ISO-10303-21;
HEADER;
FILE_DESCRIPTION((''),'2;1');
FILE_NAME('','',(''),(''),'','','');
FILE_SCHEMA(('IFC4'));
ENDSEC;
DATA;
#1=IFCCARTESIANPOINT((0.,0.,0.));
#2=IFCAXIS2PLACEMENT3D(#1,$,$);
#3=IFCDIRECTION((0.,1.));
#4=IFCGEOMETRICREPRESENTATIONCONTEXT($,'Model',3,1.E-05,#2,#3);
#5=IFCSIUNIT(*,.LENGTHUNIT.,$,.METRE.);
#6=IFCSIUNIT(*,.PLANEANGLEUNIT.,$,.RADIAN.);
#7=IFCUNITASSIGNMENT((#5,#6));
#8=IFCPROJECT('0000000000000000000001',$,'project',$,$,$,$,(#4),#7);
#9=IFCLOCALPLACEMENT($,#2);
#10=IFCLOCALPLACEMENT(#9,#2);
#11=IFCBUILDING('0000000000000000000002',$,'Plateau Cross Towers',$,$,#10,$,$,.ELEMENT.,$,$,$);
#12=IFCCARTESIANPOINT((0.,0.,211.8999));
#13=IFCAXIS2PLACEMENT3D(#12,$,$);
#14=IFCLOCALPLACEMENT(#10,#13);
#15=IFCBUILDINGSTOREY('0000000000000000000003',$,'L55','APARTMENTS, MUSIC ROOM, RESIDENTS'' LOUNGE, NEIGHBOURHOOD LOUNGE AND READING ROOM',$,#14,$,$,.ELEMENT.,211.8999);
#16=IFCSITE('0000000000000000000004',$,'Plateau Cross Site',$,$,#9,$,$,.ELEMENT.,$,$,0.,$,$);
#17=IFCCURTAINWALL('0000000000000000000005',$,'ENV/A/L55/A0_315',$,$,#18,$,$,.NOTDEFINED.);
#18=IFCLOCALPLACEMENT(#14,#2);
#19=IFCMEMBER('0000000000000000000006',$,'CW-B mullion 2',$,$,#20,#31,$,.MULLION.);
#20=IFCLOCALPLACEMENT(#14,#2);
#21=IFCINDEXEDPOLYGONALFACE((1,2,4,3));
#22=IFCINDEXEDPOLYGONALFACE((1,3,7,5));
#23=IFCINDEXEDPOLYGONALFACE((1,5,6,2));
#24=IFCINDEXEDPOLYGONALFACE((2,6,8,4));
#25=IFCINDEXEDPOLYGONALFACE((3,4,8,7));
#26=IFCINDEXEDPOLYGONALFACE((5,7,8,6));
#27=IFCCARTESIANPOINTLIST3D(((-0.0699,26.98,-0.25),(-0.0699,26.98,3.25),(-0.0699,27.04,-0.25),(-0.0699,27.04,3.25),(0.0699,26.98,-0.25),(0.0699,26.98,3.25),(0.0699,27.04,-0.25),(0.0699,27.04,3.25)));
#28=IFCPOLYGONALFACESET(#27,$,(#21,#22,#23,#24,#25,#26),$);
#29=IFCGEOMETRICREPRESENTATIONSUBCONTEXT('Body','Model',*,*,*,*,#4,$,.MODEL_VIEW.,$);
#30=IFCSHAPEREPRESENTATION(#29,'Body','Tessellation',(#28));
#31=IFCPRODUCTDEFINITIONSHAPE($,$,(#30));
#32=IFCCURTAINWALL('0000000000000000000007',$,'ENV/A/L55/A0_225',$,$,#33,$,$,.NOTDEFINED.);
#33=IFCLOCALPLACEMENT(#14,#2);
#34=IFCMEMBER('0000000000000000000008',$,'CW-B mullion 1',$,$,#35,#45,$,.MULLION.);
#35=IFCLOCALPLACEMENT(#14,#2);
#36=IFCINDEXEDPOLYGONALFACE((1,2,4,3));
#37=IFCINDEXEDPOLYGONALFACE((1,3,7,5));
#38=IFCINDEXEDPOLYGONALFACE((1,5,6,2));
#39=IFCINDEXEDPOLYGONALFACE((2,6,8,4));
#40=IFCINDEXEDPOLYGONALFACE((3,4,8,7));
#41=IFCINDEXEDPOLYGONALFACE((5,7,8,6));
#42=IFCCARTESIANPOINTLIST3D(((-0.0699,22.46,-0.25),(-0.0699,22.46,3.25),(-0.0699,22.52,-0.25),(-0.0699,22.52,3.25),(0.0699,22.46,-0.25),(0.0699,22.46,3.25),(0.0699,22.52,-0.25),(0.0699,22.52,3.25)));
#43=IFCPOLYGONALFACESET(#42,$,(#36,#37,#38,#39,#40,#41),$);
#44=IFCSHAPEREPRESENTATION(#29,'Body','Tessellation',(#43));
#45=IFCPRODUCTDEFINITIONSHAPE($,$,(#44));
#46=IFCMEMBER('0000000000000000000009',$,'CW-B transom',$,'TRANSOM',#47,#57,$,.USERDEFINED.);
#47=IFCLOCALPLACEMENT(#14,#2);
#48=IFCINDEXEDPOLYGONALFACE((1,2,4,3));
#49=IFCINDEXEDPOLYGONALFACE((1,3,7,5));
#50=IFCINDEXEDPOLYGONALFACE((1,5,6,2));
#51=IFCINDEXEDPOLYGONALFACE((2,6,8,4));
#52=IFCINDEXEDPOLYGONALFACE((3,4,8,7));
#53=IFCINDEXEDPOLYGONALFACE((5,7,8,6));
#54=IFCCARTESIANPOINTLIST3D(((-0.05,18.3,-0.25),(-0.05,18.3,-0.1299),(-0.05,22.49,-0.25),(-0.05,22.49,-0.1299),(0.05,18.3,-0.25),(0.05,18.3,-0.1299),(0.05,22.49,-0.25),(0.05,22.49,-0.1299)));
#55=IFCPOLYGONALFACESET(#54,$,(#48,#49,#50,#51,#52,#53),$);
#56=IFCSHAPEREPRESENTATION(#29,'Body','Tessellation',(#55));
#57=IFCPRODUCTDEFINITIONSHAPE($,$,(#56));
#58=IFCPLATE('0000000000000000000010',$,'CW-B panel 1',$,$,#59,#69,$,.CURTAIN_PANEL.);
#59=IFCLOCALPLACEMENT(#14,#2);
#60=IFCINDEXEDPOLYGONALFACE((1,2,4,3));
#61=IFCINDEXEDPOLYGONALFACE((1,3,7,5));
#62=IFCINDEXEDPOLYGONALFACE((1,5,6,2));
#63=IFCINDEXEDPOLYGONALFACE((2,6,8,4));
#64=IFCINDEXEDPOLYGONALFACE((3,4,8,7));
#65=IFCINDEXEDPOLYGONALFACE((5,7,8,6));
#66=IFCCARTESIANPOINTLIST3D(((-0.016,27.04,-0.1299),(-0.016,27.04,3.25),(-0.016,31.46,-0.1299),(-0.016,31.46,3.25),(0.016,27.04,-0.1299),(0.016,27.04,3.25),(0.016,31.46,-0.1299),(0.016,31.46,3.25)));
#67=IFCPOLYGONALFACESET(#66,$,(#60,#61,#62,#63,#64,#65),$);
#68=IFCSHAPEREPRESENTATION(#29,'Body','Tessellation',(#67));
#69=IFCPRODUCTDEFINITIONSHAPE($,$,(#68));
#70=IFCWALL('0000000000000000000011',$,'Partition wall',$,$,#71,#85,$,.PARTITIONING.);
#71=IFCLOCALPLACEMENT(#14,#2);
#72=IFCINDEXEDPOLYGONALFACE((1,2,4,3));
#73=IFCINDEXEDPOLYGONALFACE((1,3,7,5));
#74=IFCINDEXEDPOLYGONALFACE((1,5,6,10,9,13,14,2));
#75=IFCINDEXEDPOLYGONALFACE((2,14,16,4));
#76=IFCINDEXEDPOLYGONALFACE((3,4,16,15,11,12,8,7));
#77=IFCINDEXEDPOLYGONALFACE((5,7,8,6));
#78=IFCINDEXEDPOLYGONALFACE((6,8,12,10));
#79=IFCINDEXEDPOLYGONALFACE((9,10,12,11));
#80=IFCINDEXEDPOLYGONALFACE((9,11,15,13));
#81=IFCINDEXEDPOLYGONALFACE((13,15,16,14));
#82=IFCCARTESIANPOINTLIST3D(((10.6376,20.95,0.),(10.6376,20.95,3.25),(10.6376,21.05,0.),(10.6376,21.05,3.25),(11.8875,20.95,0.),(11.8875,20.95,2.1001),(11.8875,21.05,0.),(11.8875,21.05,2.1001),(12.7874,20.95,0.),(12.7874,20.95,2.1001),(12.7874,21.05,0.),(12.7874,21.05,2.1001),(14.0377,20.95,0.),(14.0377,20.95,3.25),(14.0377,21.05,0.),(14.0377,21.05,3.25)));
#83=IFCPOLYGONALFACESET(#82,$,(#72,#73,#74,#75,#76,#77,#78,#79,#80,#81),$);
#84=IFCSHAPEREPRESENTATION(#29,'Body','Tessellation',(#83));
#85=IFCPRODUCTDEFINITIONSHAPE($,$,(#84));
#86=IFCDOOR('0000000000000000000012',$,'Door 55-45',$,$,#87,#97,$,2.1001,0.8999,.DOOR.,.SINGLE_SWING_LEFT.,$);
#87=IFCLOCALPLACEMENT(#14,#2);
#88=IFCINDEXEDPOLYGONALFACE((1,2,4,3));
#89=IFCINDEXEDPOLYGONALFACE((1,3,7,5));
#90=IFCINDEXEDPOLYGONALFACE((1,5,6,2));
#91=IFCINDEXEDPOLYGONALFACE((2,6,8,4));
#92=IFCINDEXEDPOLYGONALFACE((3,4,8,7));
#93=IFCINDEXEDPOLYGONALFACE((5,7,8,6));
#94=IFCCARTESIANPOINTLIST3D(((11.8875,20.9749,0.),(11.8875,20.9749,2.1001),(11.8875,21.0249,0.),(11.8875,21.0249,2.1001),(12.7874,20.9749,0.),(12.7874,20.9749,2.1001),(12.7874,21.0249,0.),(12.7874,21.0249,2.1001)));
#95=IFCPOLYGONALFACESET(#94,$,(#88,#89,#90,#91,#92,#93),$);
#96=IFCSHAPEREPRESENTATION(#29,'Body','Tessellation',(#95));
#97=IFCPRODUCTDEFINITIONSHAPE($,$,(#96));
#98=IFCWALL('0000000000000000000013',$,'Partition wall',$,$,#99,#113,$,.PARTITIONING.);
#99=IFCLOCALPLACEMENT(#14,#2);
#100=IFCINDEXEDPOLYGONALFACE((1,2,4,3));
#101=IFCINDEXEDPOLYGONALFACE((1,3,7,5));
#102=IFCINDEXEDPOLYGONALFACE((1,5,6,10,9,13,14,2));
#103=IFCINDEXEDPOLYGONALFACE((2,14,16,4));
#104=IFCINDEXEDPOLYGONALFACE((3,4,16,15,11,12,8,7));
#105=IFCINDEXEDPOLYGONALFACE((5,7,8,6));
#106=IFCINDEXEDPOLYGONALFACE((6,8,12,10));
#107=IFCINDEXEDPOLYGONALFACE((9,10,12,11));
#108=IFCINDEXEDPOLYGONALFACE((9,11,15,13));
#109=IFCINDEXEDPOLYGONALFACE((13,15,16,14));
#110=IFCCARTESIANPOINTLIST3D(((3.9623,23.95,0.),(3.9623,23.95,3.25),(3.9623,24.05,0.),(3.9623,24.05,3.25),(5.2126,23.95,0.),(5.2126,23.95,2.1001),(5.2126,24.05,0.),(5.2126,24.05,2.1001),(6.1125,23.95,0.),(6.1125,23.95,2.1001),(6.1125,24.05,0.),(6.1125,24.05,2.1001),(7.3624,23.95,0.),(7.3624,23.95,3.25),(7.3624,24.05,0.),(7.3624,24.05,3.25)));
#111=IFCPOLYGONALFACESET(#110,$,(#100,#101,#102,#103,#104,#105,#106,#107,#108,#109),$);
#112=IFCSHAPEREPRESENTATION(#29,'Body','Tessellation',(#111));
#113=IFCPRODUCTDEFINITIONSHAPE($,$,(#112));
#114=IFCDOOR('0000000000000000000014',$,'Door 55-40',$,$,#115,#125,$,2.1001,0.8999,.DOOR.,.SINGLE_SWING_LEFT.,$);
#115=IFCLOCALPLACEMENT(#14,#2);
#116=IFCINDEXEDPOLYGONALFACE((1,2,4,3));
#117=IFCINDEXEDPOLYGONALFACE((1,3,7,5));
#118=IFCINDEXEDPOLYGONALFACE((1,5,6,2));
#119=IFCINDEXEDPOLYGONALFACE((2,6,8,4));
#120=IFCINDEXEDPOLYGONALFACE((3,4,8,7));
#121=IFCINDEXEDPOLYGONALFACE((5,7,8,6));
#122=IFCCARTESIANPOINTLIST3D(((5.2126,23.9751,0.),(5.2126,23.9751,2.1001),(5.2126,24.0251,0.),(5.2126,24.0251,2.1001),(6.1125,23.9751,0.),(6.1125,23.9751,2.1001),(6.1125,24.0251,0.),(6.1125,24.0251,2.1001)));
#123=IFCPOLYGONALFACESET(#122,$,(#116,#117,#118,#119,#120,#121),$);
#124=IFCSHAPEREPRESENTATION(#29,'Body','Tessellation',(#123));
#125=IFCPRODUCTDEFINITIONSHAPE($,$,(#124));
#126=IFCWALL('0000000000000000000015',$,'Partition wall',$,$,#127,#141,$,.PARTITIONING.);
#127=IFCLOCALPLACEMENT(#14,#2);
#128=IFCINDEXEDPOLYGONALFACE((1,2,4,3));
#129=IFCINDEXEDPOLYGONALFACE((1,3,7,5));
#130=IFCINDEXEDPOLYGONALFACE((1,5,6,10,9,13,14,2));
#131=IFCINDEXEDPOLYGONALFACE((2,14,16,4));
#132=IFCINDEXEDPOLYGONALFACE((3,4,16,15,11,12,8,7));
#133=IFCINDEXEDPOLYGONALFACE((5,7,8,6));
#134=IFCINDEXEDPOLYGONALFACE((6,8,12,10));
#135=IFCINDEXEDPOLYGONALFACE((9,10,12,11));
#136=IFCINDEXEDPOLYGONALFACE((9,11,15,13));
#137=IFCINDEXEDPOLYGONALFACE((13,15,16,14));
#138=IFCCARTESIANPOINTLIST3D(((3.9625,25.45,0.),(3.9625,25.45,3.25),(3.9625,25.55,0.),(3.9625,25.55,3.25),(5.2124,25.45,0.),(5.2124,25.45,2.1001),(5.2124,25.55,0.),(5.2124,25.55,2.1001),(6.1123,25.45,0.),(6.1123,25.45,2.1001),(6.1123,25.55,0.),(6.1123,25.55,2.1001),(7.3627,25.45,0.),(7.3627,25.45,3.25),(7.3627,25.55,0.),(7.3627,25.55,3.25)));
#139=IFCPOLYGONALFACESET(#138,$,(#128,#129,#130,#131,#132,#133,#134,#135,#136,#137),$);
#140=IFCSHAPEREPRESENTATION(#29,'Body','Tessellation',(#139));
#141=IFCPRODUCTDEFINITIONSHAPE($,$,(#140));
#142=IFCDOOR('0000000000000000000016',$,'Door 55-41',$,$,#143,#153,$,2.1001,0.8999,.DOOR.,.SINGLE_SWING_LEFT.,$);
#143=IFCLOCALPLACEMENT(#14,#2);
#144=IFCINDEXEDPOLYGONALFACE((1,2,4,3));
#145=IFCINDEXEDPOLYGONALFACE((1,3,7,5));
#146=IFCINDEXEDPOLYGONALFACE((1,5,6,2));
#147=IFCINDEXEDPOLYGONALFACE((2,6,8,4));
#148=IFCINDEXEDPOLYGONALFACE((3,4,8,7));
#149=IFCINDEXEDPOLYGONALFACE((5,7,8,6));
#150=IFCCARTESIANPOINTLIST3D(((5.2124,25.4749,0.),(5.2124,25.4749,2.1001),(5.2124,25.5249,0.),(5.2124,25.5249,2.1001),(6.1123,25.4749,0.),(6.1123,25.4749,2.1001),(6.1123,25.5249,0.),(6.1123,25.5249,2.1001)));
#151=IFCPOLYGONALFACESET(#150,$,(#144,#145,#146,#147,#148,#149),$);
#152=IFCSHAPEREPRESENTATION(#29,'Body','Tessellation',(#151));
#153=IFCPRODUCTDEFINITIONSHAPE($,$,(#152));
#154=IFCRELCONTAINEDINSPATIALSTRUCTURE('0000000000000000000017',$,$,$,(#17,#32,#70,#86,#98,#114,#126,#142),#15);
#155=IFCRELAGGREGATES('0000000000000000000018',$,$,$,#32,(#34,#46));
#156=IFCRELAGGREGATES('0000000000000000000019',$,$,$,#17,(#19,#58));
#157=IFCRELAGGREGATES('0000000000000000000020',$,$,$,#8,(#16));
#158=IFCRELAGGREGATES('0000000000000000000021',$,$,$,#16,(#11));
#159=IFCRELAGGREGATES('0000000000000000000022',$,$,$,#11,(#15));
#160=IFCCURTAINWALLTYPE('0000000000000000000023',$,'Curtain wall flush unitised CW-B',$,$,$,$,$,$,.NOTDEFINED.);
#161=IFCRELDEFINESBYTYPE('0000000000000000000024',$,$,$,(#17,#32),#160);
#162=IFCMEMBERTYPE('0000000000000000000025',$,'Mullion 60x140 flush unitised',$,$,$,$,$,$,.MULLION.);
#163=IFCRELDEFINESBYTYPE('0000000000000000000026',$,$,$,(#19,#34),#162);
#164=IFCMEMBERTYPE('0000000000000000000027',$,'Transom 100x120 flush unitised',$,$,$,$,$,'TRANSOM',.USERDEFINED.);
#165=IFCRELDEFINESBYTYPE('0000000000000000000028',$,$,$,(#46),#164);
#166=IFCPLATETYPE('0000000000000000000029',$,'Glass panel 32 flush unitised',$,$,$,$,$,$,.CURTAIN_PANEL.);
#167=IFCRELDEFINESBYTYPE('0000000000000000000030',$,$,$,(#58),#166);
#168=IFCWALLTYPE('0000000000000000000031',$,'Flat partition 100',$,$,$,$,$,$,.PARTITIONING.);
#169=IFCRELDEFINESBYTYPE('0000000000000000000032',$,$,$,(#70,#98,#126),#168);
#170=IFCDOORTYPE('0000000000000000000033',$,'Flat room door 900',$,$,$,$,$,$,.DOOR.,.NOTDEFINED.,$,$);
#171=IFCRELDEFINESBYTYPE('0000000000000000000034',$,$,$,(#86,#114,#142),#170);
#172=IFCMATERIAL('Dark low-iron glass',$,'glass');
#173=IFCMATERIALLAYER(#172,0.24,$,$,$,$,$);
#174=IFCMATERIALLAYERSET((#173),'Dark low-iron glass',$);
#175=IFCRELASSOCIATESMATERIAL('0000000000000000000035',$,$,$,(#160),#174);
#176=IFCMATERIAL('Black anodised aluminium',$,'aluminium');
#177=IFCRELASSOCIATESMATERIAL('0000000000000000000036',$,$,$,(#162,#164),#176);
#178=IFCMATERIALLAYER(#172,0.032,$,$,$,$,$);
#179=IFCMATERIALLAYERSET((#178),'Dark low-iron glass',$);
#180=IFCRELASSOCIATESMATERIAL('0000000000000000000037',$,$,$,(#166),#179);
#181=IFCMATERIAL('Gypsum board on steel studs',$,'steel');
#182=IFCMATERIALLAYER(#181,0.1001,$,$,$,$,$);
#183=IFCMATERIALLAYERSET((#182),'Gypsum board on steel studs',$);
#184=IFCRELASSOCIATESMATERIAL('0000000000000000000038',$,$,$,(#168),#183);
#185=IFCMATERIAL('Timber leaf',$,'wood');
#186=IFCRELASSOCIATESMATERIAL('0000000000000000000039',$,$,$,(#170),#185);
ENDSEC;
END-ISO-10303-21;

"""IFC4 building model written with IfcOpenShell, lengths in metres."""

from ifc_helpers import new_model, si_unit, direction, frame, frame_2d, origin, origin_2d, place, context, subcontext, project, spatial, rectangle, extrude, material, layer, layer_set, material_profile, profile_set, type_object, element, fill, aggregate, save


model = new_model("IFC4")

# Units and contexts
model_context = context("Model", 3, precision=1e-05, world=origin(), true_north=direction((0.0, 1.0)))
body_context = subcontext(model_context, "Body", "Model", "MODEL_VIEW")
ifc_project = project(units=[si_unit("LENGTHUNIT", "METRE"), si_unit("PLANEANGLEUNIT", "RADIAN")], contexts=[model_context])

# Site, building, storey
site_placement = place(None, origin())
site = spatial("IfcSite", under=ifc_project, at=site_placement, Name="Plateau Cross Site", CompositionType="ELEMENT", RefElevation=0.0)
building_placement = place(site_placement, origin())
building = spatial("IfcBuilding", under=site, at=building_placement, Name="Plateau Cross Towers", CompositionType="ELEMENT")
storey_placement = place(building_placement, frame((0.0, 0.0, 211.8999)))
storey = spatial("IfcBuildingStorey", under=building, at=storey_placement, Name="L55", Description="APARTMENTS, MUSIC ROOM, RESIDENTS' LOUNGE, NEIGHBOURHOOD LOUNGE AND READING ROOM", CompositionType="ELEMENT", Elevation=211.8999)

# Curtain wall, member
ifc_material_1 = material(Name="Dark low-iron glass", Category="glass")
ifc_layer_1 = layer(ifc_material_1, 0.24)
ifc_layer_set_1 = layer_set([ifc_layer_1], Name="Dark low-iron glass")
curtain_wall_type = type_object("IfcCurtainWallType", Name="Curtain wall flush unitised CW-B", PredefinedType="NOTDEFINED", material=ifc_layer_set_1)
curtain_wall_1_placement = place(storey_placement, origin())
curtain_wall_1 = element("IfcCurtainWall", 1, at=curtain_wall_1_placement, inside=storey, type_object=curtain_wall_type, Name="ENV/A/L55/A0_315", PredefinedType="NOTDEFINED")
ifc_material_2 = material(Name="Black anodised aluminium", Category="aluminium")
ifc_material_profile_1 = material_profile(ifc_material_2, rectangle(XDim=0.0601, YDim=0.1399, at=origin_2d()), Name="MULLION 60x140")
ifc_profile_set_1 = profile_set([ifc_material_profile_1], Name="Black anodised aluminium")
member_type_1 = type_object("IfcMemberType", Name="Mullion 60x140 flush unitised", PredefinedType="MULLION", material=ifc_profile_set_1)
member_1_placement = place(storey_placement, frame((0.0, 27.01, -0.25), z_axis=(0.0, 0.0, 1.0), x_axis=(0.0, -1.0, 0.0)))
member_1 = element("IfcMember", 2, at=member_1_placement, type_object=member_type_1, Name="CW-B mullion 2", PredefinedType="MULLION", context=body_context, shape_type="SweptSolid", body=[
    extrude(rectangle(XDim=0.0601, YDim=0.1399, at=origin_2d()), origin(), (0.0, 0.0, 1.0), 3.5),
])

# Curtain wall, members
curtain_wall_2_placement = place(storey_placement, origin())
curtain_wall_2 = element("IfcCurtainWall", 3, at=curtain_wall_2_placement, inside=storey, type_object=curtain_wall_type, Name="ENV/A/L55/A0_225", PredefinedType="NOTDEFINED")
member_2_placement = place(storey_placement, frame((0.0, 22.49, -0.25), z_axis=(0.0, 0.0, 1.0), x_axis=(0.0, -1.0, 0.0)))
member_2 = element("IfcMember", 4, at=member_2_placement, type_object=member_type_1, Name="CW-B mullion 1", PredefinedType="MULLION", context=body_context, shape_type="SweptSolid", body=[
    extrude(rectangle(XDim=0.0601, YDim=0.1399, at=origin_2d()), origin(), (0.0, 0.0, 1.0), 3.5),
])
ifc_material_profile_2 = material_profile(ifc_material_2, rectangle(XDim=0.1001, YDim=0.1201, at=origin_2d()), Name="TRANSOM 100x120")
ifc_profile_set_2 = profile_set([ifc_material_profile_2], Name="Black anodised aluminium")
member_type_2 = type_object("IfcMemberType", Name="Transom 100x120 flush unitised", ElementType="TRANSOM", PredefinedType="USERDEFINED", material=ifc_profile_set_2)
member_3_placement = place(storey_placement, frame((0.0, 22.49, -0.1899), z_axis=(0.0, -1.0, 0.0), x_axis=(1.0, 0.0, 0.0)))
member_3 = element("IfcMember", 5, at=member_3_placement, type_object=member_type_2, Name="CW-B transom", ObjectType="TRANSOM", PredefinedType="USERDEFINED", context=body_context, shape_type="SweptSolid", body=[
    extrude(rectangle(XDim=0.1001, YDim=0.1201, at=origin_2d()), origin(), (0.0, 0.0, 1.0), 4.1899),
])
aggregate(curtain_wall_2, [member_2, member_3])

# Plate
ifc_layer_2 = layer(ifc_material_1, 0.032)
ifc_layer_set_2 = layer_set([ifc_layer_2], Name="Dark low-iron glass")
plate_type = type_object("IfcPlateType", Name="Glass panel 32 flush unitised", PredefinedType="CURTAIN_PANEL", material=ifc_layer_set_2)
plate_placement = place(storey_placement, frame((0.0, 29.25, -0.1299), z_axis=(0.0, 0.0, 1.0), x_axis=(0.0, -1.0, 0.0)))
plate = element("IfcPlate", 6, at=plate_placement, type_object=plate_type, Name="CW-B panel 1", PredefinedType="CURTAIN_PANEL", context=body_context, shape_type="SweptSolid", body=[
    extrude(rectangle(XDim=4.4199, YDim=0.032, at=origin_2d()), origin(), (0.0, 0.0, 1.0), 3.3799),
])
aggregate(curtain_wall_1, [member_1, plate])

# Walls, openings, doors
ifc_material_3 = material(Name="Gypsum board on steel studs", Category="steel")
ifc_layer_3 = layer(ifc_material_3, 0.1001)
ifc_layer_set_3 = layer_set([ifc_layer_3], Name="Gypsum board on steel studs")
wall_type_1 = type_object("IfcWallType", Name="Flat partition 100", PredefinedType="PARTITIONING", material=ifc_layer_set_3)
wall_1_placement = place(storey_placement, frame((10.6375, 21.0, 0.0), z_axis=(0.0, 0.0, 1.0), x_axis=(1.0, 0.0, 0.0)))
wall_1 = element("IfcWall", 7, at=wall_1_placement, inside=storey, type_object=wall_type_1, Name="Partition wall", PredefinedType="PARTITIONING", context=body_context, shape_type="SweptSolid", body=[
    extrude(rectangle(XDim=3.4001, YDim=0.1001, at=frame_2d((1.7002, 0.0))), origin(), (0.0, 0.0, 1.0), 3.25),
])
opening_1_placement = place(wall_1_placement, frame((1.25, 0.0, 0.0)))
opening_1 = element("IfcOpeningElement", 8, at=opening_1_placement, cuts=wall_1, PredefinedType="OPENING", context=body_context, shape_type="SweptSolid", body=[
    extrude(rectangle(XDim=0.8999, YDim=2.1001, at=frame_2d((0.45, 1.05))), frame((0.0, 0.0601, 0.0), z_axis=(0.0, -1.0, 0.0), x_axis=(1.0, 0.0, 0.0)), (0.0, 0.0, 1.0), 0.1201),
])
ifc_material_4 = material(Name="Timber leaf", Category="wood")
door_type_1 = type_object("IfcDoorType", Name="Flat room door 900", OperationType="NOTDEFINED", PredefinedType="DOOR", material=ifc_material_4)
door_1_placement = place(opening_1_placement, origin())
door_1 = element("IfcDoor", 9, at=door_1_placement, inside=storey, type_object=door_type_1, Name="Door 55-45", OperationType="SINGLE_SWING_LEFT", OverallHeight=2.1001, OverallWidth=0.8999, PredefinedType="DOOR", context=body_context, shape_type="SweptSolid", body=[
    extrude(rectangle(XDim=0.8999, YDim=2.1001, at=frame_2d((0.45, 1.05))), frame((0.0, 0.0249, 0.0), z_axis=(0.0, -1.0, 0.0), x_axis=(1.0, 0.0, 0.0)), (0.0, 0.0, 1.0), 0.05),
])
fill(opening_1, door_1)
wall_2_placement = place(storey_placement, frame((7.3625, 24.0, 0.0), z_axis=(0.0, 0.0, 1.0), x_axis=(-1.0, 0.0, 0.0)))
wall_2 = element("IfcWall", 10, at=wall_2_placement, inside=storey, type_object=wall_type_1, Name="Partition wall", PredefinedType="PARTITIONING", context=body_context, shape_type="SweptSolid", body=[
    extrude(rectangle(XDim=3.4001, YDim=0.1001, at=frame_2d((1.7002, 0.0))), origin(), (0.0, 0.0, 1.0), 3.25),
])
opening_2_placement = place(wall_2_placement, frame((1.25, 0.0, 0.0)))
opening_2 = element("IfcOpeningElement", 11, at=opening_2_placement, cuts=wall_2, PredefinedType="OPENING", context=body_context, shape_type="SweptSolid", body=[
    extrude(rectangle(XDim=0.8999, YDim=2.1001, at=frame_2d((0.45, 1.05))), frame((0.0, 0.0601, 0.0), z_axis=(0.0, -1.0, 0.0), x_axis=(1.0, 0.0, 0.0)), (0.0, 0.0, 1.0), 0.1201),
])
door_2_placement = place(opening_2_placement, origin())
door_2 = element("IfcDoor", 12, at=door_2_placement, inside=storey, type_object=door_type_1, Name="Door 55-40", OperationType="SINGLE_SWING_LEFT", OverallHeight=2.1001, OverallWidth=0.8999, PredefinedType="DOOR", context=body_context, shape_type="SweptSolid", body=[
    extrude(rectangle(XDim=0.8999, YDim=2.1001, at=frame_2d((0.45, 1.05))), frame((0.0, 0.0249, 0.0), z_axis=(0.0, -1.0, 0.0), x_axis=(1.0, 0.0, 0.0)), (0.0, 0.0, 1.0), 0.05),
])
fill(opening_2, door_2)
wall_3_placement = place(storey_placement, frame((3.9624, 25.5, 0.0), z_axis=(0.0, 0.0, 1.0), x_axis=(1.0, 0.0, 0.0)))
wall_3 = element("IfcWall", 13, at=wall_3_placement, inside=storey, type_object=wall_type_1, Name="Partition wall", PredefinedType="PARTITIONING", context=body_context, shape_type="SweptSolid", body=[
    extrude(rectangle(XDim=3.4001, YDim=0.1001, at=frame_2d((1.7002, 0.0))), origin(), (0.0, 0.0, 1.0), 3.25),
])
opening_3_placement = place(wall_3_placement, frame((1.25, 0.0, 0.0)))
opening_3 = element("IfcOpeningElement", 14, at=opening_3_placement, cuts=wall_3, PredefinedType="OPENING", context=body_context, shape_type="SweptSolid", body=[
    extrude(rectangle(XDim=0.8999, YDim=2.1001, at=frame_2d((0.45, 1.05))), frame((0.0, 0.0601, 0.0), z_axis=(0.0, -1.0, 0.0), x_axis=(1.0, 0.0, 0.0)), (0.0, 0.0, 1.0), 0.1201),
])
door_3_placement = place(opening_3_placement, origin())
door_3 = element("IfcDoor", 15, at=door_3_placement, inside=storey, type_object=door_type_1, Name="Door 55-41", OperationType="SINGLE_SWING_LEFT", OverallHeight=2.1001, OverallWidth=0.8999, PredefinedType="DOOR", context=body_context, shape_type="SweptSolid", body=[
    extrude(rectangle(XDim=0.8999, YDim=2.1001, at=frame_2d((0.45, 1.05))), frame((0.0, 0.0249, 0.0), z_axis=(0.0, -1.0, 0.0), x_axis=(1.0, 0.0, 0.0)), (0.0, 0.0, 1.0), 0.05),
])
fill(opening_3, door_3)

save(model, "model.ifc")
